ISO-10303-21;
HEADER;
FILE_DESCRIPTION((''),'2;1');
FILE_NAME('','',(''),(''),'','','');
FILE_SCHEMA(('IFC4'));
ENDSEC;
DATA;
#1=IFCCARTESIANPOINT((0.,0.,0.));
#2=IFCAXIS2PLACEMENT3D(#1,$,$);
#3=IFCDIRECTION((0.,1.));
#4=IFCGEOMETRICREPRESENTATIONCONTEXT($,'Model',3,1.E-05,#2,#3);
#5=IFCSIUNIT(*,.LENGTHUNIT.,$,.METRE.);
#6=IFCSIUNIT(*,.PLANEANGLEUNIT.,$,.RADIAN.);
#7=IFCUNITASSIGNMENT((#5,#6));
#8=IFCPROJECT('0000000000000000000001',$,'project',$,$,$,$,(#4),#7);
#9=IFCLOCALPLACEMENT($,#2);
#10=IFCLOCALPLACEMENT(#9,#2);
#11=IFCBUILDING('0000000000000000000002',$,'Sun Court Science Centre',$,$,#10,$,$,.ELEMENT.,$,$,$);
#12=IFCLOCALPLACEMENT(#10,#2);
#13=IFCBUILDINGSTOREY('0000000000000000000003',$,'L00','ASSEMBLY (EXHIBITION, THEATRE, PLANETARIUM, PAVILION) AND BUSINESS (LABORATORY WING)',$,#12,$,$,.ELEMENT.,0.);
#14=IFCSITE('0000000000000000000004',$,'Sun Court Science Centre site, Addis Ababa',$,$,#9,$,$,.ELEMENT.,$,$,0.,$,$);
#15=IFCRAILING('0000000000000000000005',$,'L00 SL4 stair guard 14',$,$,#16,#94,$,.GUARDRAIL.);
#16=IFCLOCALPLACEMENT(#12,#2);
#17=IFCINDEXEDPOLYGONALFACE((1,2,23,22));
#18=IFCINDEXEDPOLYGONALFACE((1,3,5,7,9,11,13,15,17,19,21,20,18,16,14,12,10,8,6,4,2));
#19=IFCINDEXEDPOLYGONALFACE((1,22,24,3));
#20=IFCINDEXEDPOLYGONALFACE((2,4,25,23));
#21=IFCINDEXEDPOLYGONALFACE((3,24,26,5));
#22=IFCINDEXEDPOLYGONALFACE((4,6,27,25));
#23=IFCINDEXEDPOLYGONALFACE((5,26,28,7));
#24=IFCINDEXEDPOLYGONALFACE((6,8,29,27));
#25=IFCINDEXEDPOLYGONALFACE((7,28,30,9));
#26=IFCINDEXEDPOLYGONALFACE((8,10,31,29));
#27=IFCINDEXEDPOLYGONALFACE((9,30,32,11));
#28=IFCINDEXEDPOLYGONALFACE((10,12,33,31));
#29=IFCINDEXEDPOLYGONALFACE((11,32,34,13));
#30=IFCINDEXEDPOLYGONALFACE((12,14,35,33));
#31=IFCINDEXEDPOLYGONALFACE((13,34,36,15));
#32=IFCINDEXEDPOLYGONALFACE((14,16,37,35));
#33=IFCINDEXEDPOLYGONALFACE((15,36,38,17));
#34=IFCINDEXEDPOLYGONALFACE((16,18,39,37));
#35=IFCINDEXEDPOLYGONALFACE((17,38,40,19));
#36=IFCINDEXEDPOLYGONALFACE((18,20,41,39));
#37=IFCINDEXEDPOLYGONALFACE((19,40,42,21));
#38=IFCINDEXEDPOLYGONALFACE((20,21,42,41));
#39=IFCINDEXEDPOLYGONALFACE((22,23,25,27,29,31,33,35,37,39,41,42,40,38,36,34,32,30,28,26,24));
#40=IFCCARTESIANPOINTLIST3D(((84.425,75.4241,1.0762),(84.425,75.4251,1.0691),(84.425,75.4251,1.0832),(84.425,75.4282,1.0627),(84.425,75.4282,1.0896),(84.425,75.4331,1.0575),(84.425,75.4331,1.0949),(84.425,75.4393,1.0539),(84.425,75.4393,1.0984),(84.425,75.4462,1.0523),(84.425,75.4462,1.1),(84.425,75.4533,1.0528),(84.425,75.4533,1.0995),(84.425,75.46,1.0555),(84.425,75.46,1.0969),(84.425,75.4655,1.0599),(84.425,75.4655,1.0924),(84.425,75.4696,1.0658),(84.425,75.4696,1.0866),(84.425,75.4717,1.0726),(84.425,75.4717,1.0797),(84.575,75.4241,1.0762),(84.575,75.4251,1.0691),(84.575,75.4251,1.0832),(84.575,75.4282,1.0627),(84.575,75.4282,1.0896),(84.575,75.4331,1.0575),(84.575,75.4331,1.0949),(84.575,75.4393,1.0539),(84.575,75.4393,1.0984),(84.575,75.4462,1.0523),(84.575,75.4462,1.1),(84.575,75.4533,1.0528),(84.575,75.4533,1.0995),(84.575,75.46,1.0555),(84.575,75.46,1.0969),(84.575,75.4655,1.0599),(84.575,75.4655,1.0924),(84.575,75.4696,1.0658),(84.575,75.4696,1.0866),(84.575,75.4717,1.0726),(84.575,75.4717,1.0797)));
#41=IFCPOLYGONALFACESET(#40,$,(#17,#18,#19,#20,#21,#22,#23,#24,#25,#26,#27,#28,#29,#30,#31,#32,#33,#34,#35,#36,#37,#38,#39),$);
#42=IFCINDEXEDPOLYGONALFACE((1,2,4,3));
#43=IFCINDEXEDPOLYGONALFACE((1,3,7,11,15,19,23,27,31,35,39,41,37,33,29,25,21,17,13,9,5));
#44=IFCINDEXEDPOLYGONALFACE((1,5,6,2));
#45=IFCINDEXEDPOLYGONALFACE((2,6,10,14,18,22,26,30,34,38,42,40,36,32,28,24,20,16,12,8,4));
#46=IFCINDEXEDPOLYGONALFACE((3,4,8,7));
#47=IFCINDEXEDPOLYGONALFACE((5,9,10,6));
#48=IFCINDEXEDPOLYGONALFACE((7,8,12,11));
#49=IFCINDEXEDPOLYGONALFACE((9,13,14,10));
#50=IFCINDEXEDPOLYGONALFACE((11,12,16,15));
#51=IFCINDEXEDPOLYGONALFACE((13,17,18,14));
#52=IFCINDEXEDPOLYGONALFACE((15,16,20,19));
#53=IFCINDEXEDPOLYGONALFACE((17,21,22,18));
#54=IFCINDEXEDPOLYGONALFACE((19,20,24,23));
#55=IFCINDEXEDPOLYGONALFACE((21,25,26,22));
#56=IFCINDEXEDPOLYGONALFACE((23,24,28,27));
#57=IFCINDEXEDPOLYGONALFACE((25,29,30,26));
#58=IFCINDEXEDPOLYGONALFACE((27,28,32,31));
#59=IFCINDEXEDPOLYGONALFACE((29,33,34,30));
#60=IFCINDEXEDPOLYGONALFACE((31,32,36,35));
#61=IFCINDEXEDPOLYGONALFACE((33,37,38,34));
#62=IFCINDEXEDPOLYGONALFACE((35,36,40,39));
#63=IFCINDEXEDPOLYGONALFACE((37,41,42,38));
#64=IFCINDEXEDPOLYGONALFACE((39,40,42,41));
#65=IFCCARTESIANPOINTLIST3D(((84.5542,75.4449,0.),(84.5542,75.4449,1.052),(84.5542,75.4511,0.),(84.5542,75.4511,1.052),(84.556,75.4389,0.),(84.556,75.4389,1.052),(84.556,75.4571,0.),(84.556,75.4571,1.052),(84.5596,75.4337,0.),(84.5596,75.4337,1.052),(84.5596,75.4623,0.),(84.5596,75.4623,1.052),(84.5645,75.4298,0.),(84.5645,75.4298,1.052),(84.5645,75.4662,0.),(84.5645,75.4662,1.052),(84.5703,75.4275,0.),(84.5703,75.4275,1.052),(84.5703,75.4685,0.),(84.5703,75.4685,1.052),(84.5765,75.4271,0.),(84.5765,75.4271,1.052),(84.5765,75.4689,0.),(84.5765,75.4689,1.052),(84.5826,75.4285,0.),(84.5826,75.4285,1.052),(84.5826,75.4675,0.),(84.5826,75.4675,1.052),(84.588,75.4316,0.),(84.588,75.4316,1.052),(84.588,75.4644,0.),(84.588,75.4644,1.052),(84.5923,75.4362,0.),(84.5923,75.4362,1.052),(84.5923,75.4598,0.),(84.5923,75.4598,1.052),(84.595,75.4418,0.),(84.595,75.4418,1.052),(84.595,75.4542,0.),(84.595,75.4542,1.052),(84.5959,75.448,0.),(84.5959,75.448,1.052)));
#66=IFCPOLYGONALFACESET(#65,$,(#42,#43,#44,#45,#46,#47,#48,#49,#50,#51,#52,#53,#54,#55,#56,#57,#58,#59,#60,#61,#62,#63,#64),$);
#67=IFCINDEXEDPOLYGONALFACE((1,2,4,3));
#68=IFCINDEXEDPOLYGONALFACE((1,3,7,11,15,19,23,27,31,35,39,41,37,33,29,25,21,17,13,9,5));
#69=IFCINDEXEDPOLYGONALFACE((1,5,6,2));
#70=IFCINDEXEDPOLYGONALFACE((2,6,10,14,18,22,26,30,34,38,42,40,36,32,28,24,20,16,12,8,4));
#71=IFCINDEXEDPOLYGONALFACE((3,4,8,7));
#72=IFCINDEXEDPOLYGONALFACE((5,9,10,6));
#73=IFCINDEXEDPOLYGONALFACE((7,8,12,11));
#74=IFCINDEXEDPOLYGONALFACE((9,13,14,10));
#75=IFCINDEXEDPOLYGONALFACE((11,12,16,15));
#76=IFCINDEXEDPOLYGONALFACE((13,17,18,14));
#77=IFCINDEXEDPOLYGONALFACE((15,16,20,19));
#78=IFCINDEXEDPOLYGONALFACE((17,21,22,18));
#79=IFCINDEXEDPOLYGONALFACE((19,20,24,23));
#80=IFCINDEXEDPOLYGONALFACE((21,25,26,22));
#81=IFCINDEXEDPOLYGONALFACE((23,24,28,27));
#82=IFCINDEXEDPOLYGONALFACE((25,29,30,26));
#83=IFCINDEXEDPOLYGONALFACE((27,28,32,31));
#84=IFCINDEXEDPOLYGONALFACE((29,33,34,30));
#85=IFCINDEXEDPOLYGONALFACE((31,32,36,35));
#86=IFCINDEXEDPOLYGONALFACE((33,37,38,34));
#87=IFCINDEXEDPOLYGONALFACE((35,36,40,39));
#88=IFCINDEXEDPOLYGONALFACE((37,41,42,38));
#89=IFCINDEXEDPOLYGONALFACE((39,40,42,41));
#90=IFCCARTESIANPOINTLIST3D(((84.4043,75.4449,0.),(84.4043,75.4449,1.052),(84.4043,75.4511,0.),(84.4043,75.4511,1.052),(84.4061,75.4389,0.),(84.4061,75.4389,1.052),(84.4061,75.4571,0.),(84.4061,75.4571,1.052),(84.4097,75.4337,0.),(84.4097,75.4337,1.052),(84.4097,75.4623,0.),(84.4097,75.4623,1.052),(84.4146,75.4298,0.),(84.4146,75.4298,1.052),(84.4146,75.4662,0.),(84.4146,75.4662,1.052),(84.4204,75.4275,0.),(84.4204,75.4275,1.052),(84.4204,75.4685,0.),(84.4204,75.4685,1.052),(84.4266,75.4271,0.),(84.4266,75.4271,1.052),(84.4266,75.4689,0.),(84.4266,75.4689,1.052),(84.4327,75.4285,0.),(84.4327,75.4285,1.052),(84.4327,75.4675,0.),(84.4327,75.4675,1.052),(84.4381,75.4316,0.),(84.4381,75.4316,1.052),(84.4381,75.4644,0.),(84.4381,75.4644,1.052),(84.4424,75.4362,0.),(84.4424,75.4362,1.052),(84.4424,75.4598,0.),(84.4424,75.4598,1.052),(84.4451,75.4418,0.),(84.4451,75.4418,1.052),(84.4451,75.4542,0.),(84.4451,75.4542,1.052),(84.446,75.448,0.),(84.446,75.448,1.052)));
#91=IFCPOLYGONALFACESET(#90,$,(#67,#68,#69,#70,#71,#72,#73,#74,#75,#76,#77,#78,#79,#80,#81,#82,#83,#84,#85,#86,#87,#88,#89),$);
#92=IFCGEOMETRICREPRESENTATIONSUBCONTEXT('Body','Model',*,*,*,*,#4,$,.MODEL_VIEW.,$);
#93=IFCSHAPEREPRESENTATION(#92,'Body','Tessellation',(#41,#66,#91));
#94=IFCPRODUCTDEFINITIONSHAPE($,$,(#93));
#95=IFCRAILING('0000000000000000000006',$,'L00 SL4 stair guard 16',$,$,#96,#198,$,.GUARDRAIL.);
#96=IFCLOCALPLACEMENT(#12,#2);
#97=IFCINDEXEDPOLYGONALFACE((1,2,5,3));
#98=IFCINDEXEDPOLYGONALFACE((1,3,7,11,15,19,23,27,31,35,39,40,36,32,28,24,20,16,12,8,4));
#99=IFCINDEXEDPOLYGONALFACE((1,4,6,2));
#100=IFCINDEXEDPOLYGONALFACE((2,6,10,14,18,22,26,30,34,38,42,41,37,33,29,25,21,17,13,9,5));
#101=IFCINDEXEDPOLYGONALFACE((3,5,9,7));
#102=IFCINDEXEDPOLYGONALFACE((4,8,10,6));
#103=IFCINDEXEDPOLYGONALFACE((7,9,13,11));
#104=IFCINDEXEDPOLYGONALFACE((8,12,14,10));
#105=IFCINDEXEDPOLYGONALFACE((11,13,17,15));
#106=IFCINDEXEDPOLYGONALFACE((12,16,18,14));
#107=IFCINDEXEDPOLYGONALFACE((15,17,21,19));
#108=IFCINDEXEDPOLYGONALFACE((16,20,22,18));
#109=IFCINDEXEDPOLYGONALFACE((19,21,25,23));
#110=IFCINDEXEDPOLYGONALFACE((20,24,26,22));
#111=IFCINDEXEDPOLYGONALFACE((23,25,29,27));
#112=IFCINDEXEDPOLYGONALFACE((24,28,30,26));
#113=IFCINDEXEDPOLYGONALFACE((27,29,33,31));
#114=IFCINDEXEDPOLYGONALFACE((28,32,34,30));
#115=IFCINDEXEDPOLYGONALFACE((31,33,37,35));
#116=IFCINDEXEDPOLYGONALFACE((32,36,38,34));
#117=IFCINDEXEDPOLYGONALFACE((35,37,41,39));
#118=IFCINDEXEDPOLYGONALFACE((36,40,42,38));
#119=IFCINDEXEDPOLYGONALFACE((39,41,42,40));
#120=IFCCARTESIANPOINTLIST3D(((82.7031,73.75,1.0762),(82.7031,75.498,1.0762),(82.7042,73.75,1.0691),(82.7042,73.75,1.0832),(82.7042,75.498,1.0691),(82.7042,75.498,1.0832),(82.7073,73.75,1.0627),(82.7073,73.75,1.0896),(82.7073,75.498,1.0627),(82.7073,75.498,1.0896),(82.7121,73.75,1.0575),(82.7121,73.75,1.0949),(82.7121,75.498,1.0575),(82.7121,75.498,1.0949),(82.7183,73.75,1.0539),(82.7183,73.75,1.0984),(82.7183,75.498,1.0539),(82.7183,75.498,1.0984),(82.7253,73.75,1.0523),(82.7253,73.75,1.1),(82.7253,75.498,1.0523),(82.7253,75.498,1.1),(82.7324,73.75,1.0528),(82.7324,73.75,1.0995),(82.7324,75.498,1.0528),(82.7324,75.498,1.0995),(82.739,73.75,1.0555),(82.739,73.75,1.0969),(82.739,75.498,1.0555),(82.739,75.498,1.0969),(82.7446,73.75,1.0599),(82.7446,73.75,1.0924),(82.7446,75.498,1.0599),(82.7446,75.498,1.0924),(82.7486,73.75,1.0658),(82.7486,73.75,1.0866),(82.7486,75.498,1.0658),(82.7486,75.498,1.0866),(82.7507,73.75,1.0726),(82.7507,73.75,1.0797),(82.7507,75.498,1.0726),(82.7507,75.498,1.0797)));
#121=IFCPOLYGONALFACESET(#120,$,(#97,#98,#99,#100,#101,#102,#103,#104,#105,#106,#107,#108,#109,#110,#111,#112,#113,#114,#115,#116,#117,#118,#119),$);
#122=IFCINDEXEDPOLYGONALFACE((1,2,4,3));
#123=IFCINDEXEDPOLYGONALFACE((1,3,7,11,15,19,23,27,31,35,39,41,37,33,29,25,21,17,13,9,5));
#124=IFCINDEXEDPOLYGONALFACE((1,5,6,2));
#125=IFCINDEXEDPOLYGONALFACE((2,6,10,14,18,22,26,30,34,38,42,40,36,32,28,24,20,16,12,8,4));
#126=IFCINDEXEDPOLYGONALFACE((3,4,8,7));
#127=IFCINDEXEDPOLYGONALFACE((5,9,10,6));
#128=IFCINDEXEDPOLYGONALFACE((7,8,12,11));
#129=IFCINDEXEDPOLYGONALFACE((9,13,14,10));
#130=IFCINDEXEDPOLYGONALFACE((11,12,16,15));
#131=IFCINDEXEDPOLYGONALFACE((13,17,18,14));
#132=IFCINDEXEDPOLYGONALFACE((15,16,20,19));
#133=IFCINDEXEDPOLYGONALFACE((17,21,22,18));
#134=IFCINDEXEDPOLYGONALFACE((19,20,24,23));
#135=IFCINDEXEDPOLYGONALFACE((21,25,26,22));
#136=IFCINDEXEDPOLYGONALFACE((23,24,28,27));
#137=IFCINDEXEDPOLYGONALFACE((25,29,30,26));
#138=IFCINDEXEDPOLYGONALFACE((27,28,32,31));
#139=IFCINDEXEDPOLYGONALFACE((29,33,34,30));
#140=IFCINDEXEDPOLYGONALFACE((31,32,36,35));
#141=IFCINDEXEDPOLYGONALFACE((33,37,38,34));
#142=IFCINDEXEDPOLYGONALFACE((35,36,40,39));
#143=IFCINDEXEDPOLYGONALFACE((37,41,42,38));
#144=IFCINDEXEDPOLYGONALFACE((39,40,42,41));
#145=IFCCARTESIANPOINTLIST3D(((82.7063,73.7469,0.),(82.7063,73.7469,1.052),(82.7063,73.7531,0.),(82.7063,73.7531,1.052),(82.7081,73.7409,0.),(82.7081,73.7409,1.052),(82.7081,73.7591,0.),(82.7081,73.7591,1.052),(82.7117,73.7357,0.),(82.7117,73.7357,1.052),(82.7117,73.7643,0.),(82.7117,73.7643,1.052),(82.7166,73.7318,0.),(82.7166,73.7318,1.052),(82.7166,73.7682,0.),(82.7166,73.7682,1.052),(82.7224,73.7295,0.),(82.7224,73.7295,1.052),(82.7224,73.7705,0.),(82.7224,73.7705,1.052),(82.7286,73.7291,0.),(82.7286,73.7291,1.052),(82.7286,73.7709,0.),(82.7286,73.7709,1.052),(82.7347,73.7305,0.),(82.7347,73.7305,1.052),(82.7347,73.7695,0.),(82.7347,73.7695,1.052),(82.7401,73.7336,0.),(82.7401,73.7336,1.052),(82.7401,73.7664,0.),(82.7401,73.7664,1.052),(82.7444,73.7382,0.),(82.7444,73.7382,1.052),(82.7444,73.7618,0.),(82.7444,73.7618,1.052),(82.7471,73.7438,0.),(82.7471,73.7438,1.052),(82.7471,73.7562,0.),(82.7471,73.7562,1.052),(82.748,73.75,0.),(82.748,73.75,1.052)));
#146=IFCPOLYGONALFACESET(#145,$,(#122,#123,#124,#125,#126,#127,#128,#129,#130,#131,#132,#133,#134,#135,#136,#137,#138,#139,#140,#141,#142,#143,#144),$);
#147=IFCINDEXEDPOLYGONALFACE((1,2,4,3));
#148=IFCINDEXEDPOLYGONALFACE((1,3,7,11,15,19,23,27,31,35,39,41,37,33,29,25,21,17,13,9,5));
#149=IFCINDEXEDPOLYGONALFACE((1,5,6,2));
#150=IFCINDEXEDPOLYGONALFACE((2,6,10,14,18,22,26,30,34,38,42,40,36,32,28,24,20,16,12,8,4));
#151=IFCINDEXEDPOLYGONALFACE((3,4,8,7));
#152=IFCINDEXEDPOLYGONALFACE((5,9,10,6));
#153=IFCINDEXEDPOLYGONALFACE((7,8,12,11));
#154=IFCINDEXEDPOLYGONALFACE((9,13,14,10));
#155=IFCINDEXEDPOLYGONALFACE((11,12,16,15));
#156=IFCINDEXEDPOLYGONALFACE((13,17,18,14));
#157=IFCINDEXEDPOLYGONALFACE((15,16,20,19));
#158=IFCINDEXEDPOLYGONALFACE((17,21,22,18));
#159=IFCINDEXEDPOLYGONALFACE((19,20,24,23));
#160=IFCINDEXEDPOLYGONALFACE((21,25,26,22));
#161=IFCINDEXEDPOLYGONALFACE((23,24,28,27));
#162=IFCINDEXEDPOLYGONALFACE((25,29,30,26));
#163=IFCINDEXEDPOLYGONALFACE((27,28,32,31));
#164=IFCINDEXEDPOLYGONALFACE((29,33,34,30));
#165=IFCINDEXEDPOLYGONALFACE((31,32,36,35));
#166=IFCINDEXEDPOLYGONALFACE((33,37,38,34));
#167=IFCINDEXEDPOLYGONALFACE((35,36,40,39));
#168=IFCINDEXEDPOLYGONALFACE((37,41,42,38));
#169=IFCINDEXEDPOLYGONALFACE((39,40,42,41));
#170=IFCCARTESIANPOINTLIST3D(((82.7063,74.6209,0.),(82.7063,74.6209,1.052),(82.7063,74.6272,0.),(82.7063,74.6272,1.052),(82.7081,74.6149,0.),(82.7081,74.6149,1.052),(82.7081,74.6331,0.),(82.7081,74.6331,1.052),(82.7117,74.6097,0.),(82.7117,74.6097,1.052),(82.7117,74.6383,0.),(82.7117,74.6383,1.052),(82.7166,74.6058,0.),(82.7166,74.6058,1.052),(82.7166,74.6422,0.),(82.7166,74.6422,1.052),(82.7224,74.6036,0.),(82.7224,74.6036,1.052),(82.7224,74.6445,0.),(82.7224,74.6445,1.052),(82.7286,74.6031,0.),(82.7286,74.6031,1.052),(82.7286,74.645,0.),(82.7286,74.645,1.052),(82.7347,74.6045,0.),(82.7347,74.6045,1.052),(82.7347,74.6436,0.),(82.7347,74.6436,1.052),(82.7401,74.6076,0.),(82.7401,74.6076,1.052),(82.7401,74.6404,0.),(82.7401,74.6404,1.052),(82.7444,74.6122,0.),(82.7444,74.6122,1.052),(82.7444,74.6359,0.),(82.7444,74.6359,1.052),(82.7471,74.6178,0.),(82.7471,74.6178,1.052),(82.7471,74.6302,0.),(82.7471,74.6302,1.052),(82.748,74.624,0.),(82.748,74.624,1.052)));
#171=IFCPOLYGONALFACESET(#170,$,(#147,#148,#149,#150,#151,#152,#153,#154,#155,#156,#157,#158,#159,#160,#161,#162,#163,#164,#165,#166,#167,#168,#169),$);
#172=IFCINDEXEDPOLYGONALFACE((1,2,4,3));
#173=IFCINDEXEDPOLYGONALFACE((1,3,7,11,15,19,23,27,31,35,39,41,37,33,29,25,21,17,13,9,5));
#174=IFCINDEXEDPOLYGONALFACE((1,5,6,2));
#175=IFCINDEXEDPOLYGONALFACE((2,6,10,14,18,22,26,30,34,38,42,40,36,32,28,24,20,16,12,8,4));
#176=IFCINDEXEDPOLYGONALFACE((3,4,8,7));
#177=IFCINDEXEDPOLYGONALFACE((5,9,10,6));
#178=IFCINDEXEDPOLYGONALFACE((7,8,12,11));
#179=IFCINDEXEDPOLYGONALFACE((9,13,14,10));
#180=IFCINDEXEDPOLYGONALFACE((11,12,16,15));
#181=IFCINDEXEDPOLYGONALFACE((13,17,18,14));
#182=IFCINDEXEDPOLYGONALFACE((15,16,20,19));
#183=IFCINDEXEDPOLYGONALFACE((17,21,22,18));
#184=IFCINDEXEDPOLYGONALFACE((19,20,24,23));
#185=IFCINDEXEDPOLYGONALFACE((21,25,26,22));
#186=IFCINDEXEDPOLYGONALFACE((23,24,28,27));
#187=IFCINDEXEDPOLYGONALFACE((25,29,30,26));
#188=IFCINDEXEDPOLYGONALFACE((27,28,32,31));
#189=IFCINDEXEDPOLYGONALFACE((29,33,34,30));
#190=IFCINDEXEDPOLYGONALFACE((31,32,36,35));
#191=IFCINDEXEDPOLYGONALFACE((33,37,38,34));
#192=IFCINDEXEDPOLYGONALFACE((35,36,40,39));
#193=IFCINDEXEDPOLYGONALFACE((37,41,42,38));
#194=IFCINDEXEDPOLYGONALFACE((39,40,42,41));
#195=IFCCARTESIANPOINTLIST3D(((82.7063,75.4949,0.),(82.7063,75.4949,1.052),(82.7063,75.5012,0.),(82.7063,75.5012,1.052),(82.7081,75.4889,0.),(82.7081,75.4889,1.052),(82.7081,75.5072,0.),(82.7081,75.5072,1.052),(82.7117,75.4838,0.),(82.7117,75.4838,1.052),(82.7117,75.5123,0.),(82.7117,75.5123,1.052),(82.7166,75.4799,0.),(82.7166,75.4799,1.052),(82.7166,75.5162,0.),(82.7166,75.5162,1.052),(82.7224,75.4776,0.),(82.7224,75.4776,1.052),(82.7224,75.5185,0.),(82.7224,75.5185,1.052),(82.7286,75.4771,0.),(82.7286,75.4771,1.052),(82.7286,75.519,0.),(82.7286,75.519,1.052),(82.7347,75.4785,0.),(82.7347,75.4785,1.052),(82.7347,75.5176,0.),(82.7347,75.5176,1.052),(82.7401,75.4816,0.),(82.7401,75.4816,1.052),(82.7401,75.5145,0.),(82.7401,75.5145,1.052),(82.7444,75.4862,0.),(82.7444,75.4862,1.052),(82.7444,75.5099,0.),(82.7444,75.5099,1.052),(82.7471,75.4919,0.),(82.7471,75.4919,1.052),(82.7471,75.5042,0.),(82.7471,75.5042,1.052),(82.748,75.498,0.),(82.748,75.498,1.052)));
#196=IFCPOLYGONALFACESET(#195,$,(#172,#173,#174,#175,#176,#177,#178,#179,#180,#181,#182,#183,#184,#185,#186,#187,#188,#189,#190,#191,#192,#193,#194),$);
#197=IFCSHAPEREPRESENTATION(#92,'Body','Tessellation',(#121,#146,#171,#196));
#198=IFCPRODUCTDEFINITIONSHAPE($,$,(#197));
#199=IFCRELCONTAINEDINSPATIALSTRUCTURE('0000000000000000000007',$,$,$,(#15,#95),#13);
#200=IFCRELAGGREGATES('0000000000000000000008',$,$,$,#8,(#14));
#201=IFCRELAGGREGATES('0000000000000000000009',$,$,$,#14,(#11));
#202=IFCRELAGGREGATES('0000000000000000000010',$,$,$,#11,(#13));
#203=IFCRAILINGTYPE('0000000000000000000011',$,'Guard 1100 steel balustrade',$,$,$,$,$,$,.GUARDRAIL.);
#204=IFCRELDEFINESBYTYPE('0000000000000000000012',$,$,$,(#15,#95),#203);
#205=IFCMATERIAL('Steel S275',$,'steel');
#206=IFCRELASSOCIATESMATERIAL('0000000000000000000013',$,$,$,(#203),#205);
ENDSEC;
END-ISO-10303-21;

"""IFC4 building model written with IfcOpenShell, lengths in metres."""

from ifc_helpers import new_model, si_unit, direction, frame, origin, origin_2d, place, context, subcontext, project, spatial, circle, extrude, material, type_object, element, save


model = new_model("IFC4")

# Units and contexts
model_context = context("Model", 3, precision=1e-05, world=origin(), true_north=direction((0.0, 1.0)))
body_context = subcontext(model_context, "Body", "Model", "MODEL_VIEW")
ifc_project = project(units=[si_unit("LENGTHUNIT", "METRE"), si_unit("PLANEANGLEUNIT", "RADIAN")], contexts=[model_context])

# Site, building, storey
site_placement = place(None, origin())
site = spatial("IfcSite", under=ifc_project, at=site_placement, Name="Sun Court Science Centre site, Addis Ababa", CompositionType="ELEMENT", RefElevation=0.0)
building_placement = place(site_placement, origin())
building = spatial("IfcBuilding", under=site, at=building_placement, Name="Sun Court Science Centre", CompositionType="ELEMENT")
storey_placement = place(building_placement, origin())
storey = spatial("IfcBuildingStorey", under=building, at=storey_placement, Name="L00", Description="ASSEMBLY (EXHIBITION, THEATRE, PLANETARIUM, PAVILION) AND BUSINESS (LABORATORY WING)", CompositionType="ELEMENT", Elevation=0.0)

# Railings
ifc_material_1 = material(Name="Steel S275", Category="steel")
railing_type = type_object("IfcRailingType", Name="Guard 1100 steel balustrade", PredefinedType="GUARDRAIL", material=ifc_material_1)
railing_1_placement = place(storey_placement, frame((84.575, 75.448, 0.0)))
element("IfcRailing", 1, at=railing_1_placement, inside=storey, type_object=railing_type, Name="L00 SL4 stair guard 14", PredefinedType="GUARDRAIL", context=body_context, shape_type="SweptSolid", body=[
    extrude(circle(Radius=0.0239, at=origin_2d()), frame((0.0, 0.0, 1.0762), z_axis=(-1.0, 0.0, 0.0), x_axis=(0.0, -1.0, 0.0)), (0.0, 0.0, 1.0), 0.1499),
    extrude(circle(Radius=0.021, at=origin_2d()), origin(), (0.0, 0.0, 1.0), 1.052),
    extrude(circle(Radius=0.021, at=origin_2d()), frame((-0.1499, 0.0, 0.0)), (0.0, 0.0, 1.0), 1.052),
])
railing_2_placement = place(storey_placement, frame((82.7271, 73.75, 0.0)))
element("IfcRailing", 2, at=railing_2_placement, inside=storey, type_object=railing_type, Name="L00 SL4 stair guard 16", PredefinedType="GUARDRAIL", context=body_context, shape_type="SweptSolid", body=[
    extrude(circle(Radius=0.0239, at=origin_2d()), frame((0.0, 0.0, 1.0762), z_axis=(0.0, 1.0, 0.0), x_axis=(-1.0, 0.0, 0.0)), (0.0, 0.0, 1.0), 1.748),
    extrude(circle(Radius=0.021, at=origin_2d()), origin(), (0.0, 0.0, 1.0), 1.052),
    extrude(circle(Radius=0.021, at=origin_2d()), frame((0.0, 0.874, 0.0)), (0.0, 0.0, 1.0), 1.052),
    extrude(circle(Radius=0.021, at=origin_2d()), frame((0.0, 1.748, 0.0)), (0.0, 0.0, 1.0), 1.052),
])

save(model, "model.ifc")
